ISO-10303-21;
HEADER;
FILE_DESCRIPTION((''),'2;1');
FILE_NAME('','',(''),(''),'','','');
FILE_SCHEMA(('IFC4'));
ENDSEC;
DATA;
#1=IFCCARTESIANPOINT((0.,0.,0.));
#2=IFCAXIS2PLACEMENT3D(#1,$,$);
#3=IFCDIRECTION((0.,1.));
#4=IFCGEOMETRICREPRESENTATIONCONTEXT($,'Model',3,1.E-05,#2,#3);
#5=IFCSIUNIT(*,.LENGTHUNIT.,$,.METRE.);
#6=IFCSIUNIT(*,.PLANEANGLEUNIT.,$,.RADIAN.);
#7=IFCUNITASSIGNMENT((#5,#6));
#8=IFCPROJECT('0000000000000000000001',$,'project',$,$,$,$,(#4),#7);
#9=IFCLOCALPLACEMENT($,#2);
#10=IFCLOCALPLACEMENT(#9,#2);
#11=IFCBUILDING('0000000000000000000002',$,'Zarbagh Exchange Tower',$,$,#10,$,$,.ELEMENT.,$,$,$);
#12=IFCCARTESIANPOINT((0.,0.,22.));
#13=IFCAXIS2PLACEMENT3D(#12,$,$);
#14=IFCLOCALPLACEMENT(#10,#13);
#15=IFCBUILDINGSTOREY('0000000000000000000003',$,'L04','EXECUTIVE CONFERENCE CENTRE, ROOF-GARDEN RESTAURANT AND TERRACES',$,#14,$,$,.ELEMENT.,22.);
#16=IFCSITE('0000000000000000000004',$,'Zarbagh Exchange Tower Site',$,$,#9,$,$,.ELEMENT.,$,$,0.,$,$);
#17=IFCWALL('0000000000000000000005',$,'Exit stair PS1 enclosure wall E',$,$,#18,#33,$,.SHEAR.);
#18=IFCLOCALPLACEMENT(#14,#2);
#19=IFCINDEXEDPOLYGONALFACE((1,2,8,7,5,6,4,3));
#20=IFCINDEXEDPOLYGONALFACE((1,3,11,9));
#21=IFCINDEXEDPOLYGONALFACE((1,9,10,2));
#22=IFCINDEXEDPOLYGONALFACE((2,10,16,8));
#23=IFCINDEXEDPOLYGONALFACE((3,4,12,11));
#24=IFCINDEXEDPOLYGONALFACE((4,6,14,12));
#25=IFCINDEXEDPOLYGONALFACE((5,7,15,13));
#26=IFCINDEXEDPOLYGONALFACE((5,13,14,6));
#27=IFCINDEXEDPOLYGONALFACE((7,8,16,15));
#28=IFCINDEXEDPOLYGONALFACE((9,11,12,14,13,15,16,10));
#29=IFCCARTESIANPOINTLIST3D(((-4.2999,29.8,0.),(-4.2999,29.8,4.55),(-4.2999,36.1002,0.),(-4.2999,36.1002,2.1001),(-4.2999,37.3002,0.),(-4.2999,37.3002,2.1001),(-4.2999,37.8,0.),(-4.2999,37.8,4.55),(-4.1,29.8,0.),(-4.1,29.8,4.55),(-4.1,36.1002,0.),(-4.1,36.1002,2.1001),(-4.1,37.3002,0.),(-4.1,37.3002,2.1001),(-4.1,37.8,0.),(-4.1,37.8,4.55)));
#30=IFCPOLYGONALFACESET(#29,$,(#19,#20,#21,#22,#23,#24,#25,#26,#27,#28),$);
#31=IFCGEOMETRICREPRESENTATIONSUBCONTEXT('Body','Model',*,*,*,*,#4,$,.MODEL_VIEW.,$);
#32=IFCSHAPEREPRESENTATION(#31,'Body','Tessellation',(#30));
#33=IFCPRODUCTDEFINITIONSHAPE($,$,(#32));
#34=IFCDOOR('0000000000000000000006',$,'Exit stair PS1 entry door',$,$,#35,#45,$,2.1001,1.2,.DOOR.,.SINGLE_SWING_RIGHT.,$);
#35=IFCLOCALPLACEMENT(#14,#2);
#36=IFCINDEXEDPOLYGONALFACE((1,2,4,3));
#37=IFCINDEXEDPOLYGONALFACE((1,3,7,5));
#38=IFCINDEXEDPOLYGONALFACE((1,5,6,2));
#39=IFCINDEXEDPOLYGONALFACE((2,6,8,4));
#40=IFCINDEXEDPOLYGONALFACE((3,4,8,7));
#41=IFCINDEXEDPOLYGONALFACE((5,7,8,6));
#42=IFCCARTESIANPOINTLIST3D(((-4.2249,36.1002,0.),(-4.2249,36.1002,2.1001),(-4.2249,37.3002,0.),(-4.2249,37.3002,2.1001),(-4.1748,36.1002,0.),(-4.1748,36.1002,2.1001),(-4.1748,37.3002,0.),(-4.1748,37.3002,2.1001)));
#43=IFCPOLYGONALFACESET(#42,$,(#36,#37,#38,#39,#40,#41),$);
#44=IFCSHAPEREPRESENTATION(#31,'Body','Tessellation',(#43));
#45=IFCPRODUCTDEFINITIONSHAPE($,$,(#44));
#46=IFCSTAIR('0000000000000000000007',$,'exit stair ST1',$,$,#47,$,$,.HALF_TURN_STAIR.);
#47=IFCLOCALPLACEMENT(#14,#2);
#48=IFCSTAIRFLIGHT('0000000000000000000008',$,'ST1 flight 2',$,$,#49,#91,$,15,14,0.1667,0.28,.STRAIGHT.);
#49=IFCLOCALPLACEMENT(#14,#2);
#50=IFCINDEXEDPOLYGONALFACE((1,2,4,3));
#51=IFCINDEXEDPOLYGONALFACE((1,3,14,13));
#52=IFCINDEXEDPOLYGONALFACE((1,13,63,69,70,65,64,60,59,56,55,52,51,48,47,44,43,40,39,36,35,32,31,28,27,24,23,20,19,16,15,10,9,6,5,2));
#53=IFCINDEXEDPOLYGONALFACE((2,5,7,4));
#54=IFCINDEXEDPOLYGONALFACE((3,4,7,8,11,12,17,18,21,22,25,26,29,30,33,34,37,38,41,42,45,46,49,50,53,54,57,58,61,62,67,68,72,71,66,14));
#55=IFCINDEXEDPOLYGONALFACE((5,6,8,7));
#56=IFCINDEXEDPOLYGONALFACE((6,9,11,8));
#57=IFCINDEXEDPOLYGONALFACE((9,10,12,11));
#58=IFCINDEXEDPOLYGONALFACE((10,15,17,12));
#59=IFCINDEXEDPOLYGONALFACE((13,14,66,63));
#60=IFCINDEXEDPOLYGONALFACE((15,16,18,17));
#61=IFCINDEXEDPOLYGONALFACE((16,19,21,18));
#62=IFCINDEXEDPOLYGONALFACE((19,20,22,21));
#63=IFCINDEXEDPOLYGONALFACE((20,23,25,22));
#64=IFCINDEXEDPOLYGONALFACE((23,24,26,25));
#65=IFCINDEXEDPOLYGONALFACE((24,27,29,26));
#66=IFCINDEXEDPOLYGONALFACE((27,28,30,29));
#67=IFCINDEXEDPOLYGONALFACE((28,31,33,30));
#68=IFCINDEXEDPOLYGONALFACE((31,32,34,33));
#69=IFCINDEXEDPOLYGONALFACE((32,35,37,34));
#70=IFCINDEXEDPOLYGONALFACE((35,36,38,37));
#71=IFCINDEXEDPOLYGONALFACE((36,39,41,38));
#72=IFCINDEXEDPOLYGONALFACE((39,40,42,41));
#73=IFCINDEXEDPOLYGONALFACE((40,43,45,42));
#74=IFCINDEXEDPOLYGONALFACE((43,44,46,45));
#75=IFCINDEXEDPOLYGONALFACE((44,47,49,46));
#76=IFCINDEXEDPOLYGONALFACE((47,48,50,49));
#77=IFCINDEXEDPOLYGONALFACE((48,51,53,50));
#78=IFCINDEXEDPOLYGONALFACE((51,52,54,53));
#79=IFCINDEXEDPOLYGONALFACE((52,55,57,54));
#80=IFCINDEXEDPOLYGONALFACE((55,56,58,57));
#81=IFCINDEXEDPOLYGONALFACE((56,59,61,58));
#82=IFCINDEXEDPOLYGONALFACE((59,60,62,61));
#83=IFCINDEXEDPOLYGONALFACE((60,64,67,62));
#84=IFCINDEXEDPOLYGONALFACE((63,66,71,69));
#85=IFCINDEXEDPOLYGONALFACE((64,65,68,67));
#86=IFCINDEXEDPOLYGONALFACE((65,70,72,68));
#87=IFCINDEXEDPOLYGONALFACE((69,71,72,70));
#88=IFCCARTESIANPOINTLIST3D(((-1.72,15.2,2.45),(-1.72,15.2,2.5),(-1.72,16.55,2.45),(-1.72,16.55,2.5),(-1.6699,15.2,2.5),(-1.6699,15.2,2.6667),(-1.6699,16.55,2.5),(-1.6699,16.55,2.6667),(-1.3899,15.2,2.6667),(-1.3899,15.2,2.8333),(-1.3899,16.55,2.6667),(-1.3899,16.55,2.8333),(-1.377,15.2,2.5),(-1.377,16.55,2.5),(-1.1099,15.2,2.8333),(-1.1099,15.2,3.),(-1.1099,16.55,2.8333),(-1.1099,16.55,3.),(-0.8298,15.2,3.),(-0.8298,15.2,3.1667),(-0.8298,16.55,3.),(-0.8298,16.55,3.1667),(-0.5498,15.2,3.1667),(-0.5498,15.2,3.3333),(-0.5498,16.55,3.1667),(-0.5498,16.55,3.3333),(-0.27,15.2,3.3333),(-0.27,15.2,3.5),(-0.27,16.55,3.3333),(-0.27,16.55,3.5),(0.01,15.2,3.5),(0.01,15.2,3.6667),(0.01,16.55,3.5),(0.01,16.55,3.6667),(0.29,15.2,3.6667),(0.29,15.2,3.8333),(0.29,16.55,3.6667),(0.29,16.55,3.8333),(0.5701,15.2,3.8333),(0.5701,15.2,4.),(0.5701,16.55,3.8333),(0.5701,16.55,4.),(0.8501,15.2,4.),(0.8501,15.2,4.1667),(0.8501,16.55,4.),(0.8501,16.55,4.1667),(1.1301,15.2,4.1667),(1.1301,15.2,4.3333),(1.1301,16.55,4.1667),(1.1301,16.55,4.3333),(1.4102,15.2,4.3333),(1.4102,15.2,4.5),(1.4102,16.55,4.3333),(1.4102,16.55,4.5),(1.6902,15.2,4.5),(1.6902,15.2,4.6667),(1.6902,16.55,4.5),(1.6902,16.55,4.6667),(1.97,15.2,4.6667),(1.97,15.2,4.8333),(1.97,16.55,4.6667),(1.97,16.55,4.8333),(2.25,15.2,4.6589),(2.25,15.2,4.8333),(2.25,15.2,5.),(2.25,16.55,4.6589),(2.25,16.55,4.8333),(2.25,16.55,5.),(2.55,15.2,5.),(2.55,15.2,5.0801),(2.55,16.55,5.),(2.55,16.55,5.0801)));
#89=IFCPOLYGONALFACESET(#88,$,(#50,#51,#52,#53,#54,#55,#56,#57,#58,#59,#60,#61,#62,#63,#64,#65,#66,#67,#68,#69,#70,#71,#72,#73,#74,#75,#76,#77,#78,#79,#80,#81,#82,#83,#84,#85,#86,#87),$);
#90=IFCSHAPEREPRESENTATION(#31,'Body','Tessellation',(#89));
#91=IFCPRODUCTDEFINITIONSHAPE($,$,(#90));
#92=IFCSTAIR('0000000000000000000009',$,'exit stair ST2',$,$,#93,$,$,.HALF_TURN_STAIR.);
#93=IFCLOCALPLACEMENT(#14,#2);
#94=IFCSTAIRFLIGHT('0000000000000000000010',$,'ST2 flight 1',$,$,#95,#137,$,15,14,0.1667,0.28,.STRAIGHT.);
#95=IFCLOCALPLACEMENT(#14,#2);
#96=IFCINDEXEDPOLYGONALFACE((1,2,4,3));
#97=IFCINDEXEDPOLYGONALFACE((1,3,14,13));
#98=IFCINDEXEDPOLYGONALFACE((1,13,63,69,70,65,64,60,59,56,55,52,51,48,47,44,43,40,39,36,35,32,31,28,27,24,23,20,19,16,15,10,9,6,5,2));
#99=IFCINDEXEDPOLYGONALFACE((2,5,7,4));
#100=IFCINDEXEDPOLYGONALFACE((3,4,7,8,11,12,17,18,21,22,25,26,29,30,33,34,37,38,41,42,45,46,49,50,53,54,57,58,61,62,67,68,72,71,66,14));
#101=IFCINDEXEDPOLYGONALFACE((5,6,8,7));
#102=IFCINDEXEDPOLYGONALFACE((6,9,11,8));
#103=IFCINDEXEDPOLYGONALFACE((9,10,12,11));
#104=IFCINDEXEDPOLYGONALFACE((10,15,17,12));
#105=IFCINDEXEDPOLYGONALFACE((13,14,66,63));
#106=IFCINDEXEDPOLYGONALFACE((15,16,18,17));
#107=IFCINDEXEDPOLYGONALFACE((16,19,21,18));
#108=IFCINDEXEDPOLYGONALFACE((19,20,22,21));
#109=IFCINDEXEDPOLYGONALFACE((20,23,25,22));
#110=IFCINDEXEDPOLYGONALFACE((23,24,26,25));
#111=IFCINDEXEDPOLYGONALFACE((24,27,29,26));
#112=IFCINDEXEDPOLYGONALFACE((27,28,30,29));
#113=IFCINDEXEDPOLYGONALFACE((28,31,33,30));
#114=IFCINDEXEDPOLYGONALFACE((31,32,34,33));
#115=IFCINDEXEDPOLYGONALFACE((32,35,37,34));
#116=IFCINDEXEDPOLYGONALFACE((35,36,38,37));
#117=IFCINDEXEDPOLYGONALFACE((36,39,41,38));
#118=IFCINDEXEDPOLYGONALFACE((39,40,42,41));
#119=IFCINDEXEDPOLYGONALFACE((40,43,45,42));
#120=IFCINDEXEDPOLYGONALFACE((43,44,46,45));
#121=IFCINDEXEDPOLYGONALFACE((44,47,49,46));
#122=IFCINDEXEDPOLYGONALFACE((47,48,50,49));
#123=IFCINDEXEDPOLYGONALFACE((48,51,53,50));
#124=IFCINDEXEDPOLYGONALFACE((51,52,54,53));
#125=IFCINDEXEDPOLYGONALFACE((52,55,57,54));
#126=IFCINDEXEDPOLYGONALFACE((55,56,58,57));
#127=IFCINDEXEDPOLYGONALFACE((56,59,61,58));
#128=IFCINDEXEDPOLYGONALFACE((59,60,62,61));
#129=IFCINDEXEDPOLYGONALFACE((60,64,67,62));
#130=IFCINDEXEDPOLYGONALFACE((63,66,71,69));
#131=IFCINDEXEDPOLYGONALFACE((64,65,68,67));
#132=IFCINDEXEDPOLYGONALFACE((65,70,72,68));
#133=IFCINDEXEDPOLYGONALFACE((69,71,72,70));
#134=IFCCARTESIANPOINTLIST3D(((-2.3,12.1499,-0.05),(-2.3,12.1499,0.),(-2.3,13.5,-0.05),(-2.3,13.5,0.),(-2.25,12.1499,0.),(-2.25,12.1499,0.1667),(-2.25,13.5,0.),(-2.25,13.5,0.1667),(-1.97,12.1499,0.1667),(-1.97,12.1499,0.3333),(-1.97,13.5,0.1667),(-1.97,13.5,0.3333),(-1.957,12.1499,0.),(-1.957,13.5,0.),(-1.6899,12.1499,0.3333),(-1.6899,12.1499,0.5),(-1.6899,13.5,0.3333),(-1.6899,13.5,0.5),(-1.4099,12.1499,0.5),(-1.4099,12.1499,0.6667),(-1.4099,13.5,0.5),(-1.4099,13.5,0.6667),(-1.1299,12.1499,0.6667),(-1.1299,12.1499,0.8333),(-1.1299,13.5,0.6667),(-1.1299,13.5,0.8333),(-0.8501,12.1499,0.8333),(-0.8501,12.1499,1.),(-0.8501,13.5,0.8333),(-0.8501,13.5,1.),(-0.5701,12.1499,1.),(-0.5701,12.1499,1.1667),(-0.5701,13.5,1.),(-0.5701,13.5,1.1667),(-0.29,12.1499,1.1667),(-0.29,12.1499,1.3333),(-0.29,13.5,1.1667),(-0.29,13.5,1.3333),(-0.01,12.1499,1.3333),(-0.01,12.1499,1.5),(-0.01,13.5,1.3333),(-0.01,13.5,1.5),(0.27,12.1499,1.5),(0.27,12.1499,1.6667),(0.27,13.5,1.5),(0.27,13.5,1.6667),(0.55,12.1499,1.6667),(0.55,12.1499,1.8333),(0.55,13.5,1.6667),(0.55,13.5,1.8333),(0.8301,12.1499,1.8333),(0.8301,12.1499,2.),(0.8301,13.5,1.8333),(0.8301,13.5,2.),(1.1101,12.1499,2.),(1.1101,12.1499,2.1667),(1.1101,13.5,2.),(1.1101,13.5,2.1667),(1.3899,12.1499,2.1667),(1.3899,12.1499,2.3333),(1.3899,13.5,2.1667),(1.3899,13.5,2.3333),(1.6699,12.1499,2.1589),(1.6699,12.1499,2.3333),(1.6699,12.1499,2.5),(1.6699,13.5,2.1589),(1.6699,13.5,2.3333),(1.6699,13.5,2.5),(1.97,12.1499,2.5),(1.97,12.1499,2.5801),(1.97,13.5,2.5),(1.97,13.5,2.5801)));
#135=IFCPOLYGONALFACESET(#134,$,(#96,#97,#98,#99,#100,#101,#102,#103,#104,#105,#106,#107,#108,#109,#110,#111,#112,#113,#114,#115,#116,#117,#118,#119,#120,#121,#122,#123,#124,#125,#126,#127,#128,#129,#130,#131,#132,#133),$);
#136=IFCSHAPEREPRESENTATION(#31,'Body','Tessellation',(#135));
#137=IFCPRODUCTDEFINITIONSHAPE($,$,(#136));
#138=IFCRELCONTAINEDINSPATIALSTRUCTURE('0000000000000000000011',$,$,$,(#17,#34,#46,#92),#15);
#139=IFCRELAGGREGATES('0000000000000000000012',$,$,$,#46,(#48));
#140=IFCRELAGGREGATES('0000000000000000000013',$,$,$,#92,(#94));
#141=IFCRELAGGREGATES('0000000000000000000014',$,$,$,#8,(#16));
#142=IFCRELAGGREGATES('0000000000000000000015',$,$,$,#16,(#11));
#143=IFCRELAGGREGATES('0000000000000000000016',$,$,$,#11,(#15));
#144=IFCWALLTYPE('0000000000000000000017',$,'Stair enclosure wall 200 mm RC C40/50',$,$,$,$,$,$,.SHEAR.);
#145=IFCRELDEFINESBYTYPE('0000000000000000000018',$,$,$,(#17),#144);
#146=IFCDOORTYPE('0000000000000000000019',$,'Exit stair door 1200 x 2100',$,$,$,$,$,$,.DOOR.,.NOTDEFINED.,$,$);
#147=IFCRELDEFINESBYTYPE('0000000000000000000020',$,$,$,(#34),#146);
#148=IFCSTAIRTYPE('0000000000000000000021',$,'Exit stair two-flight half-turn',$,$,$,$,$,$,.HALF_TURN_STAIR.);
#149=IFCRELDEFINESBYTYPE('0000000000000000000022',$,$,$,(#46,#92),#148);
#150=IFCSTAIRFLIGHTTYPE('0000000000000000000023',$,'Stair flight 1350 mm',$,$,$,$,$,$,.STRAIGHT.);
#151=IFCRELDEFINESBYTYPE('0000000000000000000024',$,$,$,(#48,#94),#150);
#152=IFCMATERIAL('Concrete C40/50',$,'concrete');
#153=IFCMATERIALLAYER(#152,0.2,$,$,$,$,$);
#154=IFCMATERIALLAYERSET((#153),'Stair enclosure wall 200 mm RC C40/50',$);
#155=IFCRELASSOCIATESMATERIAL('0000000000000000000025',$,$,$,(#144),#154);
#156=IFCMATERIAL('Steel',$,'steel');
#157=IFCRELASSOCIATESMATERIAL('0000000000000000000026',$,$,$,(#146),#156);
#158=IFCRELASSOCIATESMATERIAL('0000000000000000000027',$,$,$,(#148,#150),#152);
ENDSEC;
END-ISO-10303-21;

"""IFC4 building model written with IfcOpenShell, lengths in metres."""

from ifc_helpers import new_model, si_unit, direction, frame, frame_2d, origin, place, context, subcontext, project, spatial, polyline, rectangle, outline, extrude, material, layer, layer_set, type_object, element, fill, aggregate, save


model = new_model("IFC4")

# Units and contexts
model_context = context("Model", 3, precision=1e-05, world=origin(), true_north=direction((0.0, 1.0)))
body_context = subcontext(model_context, "Body", "Model", "MODEL_VIEW")
ifc_project = project(units=[si_unit("LENGTHUNIT", "METRE"), si_unit("PLANEANGLEUNIT", "RADIAN")], contexts=[model_context])

# Site, building, storey
site_placement = place(None, origin())
site = spatial("IfcSite", under=ifc_project, at=site_placement, Name="Zarbagh Exchange Tower Site", CompositionType="ELEMENT", RefElevation=0.0)
building_placement = place(site_placement, origin())
building = spatial("IfcBuilding", under=site, at=building_placement, Name="Zarbagh Exchange Tower", CompositionType="ELEMENT")
storey_placement = place(building_placement, frame((0.0, 0.0, 22.0)))
storey = spatial("IfcBuildingStorey", under=building, at=storey_placement, Name="L04", Description="EXECUTIVE CONFERENCE CENTRE, ROOF-GARDEN RESTAURANT AND TERRACES", CompositionType="ELEMENT", Elevation=22.0)

# Shared definitions
ifc_material_1 = material(Name="Concrete C40/50", Category="concrete")
ifc_layer_1 = layer(ifc_material_1, 0.2)
ifc_layer_set_1 = layer_set([ifc_layer_1], Name="Stair enclosure wall 200 mm RC C40/50")
wall_type_1 = type_object("IfcWallType", Name="Stair enclosure wall 200 mm RC C40/50", PredefinedType="SHEAR", material=ifc_layer_set_1)

# Wall, opening, door
wall_1_placement = place(storey_placement, frame((-4.2, 29.8, 0.0), z_axis=(0.0, 0.0, 1.0), x_axis=(0.0, 1.0, 0.0)))
wall_1 = element("IfcWall", 1, at=wall_1_placement, inside=storey, type_object=wall_type_1, Name="Exit stair PS1 enclosure wall E", PredefinedType="SHEAR", context=body_context, shape_type="SweptSolid", body=[
    extrude(rectangle(XDim=8.0, YDim=0.2, at=frame_2d((4.0, 0.0))), origin(), (0.0, 0.0, 1.0), 4.55),
])
opening_1_placement = place(wall_1_placement, frame((6.3, 0.0, 0.0)))
opening_1 = element("IfcOpeningElement", 2, at=opening_1_placement, cuts=wall_1, PredefinedType="OPENING", context=body_context, shape_type="SweptSolid", body=[
    extrude(rectangle(XDim=1.2, YDim=2.1001, at=frame_2d((0.6001, 1.05))), frame((0.0, 0.1099, 0.0), z_axis=(0.0, -1.0, 0.0), x_axis=(1.0, 0.0, 0.0)), (0.0, 0.0, 1.0), 0.22),
])
ifc_material_2 = material(Name="Steel", Category="steel")
door_type_1 = type_object("IfcDoorType", Name="Exit stair door 1200 x 2100", OperationType="NOTDEFINED", PredefinedType="DOOR", material=ifc_material_2)
door_1_placement = place(opening_1_placement, origin())
door_1 = element("IfcDoor", 3, at=door_1_placement, inside=storey, type_object=door_type_1, Name="Exit stair PS1 entry door", OperationType="SINGLE_SWING_RIGHT", OverallHeight=2.1001, OverallWidth=1.2, PredefinedType="DOOR", context=body_context, shape_type="SweptSolid", body=[
    extrude(rectangle(XDim=1.2, YDim=2.1001, at=frame_2d((0.6001, 1.05))), frame((0.0, 0.0249, 0.0), z_axis=(0.0, -1.0, 0.0), x_axis=(1.0, 0.0, 0.0)), (0.0, 0.0, 1.0), 0.05),
])
fill(opening_1, door_1)

# Stairs, stair flights
stair_type = type_object("IfcStairType", Name="Exit stair two-flight half-turn", PredefinedType="HALF_TURN_STAIR", material=ifc_material_1)
stair_1_placement = place(storey_placement, origin())
stair_1 = element("IfcStair", 4, at=stair_1_placement, inside=storey, type_object=stair_type, Name="exit stair ST1", PredefinedType="HALF_TURN_STAIR")
stair_flight_type = type_object("IfcStairFlightType", Name="Stair flight 1350 mm", PredefinedType="STRAIGHT", material=ifc_material_1)
stair_flight_1_placement = place(storey_placement, frame((-1.6699, 15.875, 2.5), z_axis=(0.0, 0.0, 1.0), x_axis=(1.0, 0.0, 0.0)))
stair_flight_1 = element("IfcStairFlight", 5, at=stair_flight_1_placement, type_object=stair_flight_type, Name="ST1 flight 2", NumberOfRisers=15, NumberOfTreads=14, PredefinedType="STRAIGHT", RiserHeight=0.1667, TreadLength=0.28, context=body_context, shape_type="SweptSolid", body=[
    extrude(outline(polyline([(-0.05, -0.05), (-0.05, 0.0), (0.0, 0.0), (0.0, 0.1667), (0.28, 0.1667), (0.28, 0.3333), (0.5601, 0.3333), (0.5601, 0.5), (0.8401, 0.5), (0.8401, 0.6667), (1.1201, 0.6667), (1.1201, 0.8333), (1.3999, 0.8333), (1.3999, 1.0), (1.6799, 1.0), (1.6799, 1.1667), (1.96, 1.1667), (1.96, 1.3333), (2.24, 1.3333), (2.24, 1.5), (2.52, 1.5), (2.52, 1.6667), (2.8, 1.6667), (2.8, 1.8333), (3.0801, 1.8333), (3.0801, 2.0), (3.3601, 2.0), (3.3601, 2.1667), (3.6399, 2.1667), (3.6399, 2.3333), (3.9199, 2.3333), (3.9199, 2.5), (4.22, 2.5801), (4.22, 2.5), (3.9199, 2.1589), (0.293, 0.0), (-0.05, -0.05)])), frame((0.0, 0.675, 0.0), z_axis=(0.0, -1.0, 0.0), x_axis=(1.0, 0.0, 0.0)), (0.0, 0.0, 1.0), 1.3501),
])
aggregate(stair_1, [stair_flight_1])
stair_2_placement = place(storey_placement, origin())
stair_2 = element("IfcStair", 6, at=stair_2_placement, inside=storey, type_object=stair_type, Name="exit stair ST2", PredefinedType="HALF_TURN_STAIR")
stair_flight_2_placement = place(storey_placement, frame((-2.25, 12.825, 0.0), z_axis=(0.0, 0.0, 1.0), x_axis=(1.0, 0.0, 0.0)))
stair_flight_2 = element("IfcStairFlight", 7, at=stair_flight_2_placement, type_object=stair_flight_type, Name="ST2 flight 1", NumberOfRisers=15, NumberOfTreads=14, PredefinedType="STRAIGHT", RiserHeight=0.1667, TreadLength=0.28, context=body_context, shape_type="SweptSolid", body=[
    extrude(outline(polyline([(-0.05, -0.05), (-0.05, 0.0), (0.0, 0.0), (0.0, 0.1667), (0.28, 0.1667), (0.28, 0.3333), (0.5601, 0.3333), (0.5601, 0.5), (0.8401, 0.5), (0.8401, 0.6667), (1.1201, 0.6667), (1.1201, 0.8333), (1.3999, 0.8333), (1.3999, 1.0), (1.6799, 1.0), (1.6799, 1.1667), (1.96, 1.1667), (1.96, 1.3333), (2.24, 1.3333), (2.24, 1.5), (2.52, 1.5), (2.52, 1.6667), (2.8, 1.6667), (2.8, 1.8333), (3.0801, 1.8333), (3.0801, 2.0), (3.3601, 2.0), (3.3601, 2.1667), (3.6399, 2.1667), (3.6399, 2.3333), (3.9199, 2.3333), (3.9199, 2.5), (4.22, 2.5801), (4.22, 2.5), (3.9199, 2.1589), (0.293, 0.0), (-0.05, -0.05)])), frame((0.0, 0.675, 0.0), z_axis=(0.0, -1.0, 0.0), x_axis=(1.0, 0.0, 0.0)), (0.0, 0.0, 1.0), 1.3501),
])
aggregate(stair_2, [stair_flight_2])

save(model, "model.ifc")
